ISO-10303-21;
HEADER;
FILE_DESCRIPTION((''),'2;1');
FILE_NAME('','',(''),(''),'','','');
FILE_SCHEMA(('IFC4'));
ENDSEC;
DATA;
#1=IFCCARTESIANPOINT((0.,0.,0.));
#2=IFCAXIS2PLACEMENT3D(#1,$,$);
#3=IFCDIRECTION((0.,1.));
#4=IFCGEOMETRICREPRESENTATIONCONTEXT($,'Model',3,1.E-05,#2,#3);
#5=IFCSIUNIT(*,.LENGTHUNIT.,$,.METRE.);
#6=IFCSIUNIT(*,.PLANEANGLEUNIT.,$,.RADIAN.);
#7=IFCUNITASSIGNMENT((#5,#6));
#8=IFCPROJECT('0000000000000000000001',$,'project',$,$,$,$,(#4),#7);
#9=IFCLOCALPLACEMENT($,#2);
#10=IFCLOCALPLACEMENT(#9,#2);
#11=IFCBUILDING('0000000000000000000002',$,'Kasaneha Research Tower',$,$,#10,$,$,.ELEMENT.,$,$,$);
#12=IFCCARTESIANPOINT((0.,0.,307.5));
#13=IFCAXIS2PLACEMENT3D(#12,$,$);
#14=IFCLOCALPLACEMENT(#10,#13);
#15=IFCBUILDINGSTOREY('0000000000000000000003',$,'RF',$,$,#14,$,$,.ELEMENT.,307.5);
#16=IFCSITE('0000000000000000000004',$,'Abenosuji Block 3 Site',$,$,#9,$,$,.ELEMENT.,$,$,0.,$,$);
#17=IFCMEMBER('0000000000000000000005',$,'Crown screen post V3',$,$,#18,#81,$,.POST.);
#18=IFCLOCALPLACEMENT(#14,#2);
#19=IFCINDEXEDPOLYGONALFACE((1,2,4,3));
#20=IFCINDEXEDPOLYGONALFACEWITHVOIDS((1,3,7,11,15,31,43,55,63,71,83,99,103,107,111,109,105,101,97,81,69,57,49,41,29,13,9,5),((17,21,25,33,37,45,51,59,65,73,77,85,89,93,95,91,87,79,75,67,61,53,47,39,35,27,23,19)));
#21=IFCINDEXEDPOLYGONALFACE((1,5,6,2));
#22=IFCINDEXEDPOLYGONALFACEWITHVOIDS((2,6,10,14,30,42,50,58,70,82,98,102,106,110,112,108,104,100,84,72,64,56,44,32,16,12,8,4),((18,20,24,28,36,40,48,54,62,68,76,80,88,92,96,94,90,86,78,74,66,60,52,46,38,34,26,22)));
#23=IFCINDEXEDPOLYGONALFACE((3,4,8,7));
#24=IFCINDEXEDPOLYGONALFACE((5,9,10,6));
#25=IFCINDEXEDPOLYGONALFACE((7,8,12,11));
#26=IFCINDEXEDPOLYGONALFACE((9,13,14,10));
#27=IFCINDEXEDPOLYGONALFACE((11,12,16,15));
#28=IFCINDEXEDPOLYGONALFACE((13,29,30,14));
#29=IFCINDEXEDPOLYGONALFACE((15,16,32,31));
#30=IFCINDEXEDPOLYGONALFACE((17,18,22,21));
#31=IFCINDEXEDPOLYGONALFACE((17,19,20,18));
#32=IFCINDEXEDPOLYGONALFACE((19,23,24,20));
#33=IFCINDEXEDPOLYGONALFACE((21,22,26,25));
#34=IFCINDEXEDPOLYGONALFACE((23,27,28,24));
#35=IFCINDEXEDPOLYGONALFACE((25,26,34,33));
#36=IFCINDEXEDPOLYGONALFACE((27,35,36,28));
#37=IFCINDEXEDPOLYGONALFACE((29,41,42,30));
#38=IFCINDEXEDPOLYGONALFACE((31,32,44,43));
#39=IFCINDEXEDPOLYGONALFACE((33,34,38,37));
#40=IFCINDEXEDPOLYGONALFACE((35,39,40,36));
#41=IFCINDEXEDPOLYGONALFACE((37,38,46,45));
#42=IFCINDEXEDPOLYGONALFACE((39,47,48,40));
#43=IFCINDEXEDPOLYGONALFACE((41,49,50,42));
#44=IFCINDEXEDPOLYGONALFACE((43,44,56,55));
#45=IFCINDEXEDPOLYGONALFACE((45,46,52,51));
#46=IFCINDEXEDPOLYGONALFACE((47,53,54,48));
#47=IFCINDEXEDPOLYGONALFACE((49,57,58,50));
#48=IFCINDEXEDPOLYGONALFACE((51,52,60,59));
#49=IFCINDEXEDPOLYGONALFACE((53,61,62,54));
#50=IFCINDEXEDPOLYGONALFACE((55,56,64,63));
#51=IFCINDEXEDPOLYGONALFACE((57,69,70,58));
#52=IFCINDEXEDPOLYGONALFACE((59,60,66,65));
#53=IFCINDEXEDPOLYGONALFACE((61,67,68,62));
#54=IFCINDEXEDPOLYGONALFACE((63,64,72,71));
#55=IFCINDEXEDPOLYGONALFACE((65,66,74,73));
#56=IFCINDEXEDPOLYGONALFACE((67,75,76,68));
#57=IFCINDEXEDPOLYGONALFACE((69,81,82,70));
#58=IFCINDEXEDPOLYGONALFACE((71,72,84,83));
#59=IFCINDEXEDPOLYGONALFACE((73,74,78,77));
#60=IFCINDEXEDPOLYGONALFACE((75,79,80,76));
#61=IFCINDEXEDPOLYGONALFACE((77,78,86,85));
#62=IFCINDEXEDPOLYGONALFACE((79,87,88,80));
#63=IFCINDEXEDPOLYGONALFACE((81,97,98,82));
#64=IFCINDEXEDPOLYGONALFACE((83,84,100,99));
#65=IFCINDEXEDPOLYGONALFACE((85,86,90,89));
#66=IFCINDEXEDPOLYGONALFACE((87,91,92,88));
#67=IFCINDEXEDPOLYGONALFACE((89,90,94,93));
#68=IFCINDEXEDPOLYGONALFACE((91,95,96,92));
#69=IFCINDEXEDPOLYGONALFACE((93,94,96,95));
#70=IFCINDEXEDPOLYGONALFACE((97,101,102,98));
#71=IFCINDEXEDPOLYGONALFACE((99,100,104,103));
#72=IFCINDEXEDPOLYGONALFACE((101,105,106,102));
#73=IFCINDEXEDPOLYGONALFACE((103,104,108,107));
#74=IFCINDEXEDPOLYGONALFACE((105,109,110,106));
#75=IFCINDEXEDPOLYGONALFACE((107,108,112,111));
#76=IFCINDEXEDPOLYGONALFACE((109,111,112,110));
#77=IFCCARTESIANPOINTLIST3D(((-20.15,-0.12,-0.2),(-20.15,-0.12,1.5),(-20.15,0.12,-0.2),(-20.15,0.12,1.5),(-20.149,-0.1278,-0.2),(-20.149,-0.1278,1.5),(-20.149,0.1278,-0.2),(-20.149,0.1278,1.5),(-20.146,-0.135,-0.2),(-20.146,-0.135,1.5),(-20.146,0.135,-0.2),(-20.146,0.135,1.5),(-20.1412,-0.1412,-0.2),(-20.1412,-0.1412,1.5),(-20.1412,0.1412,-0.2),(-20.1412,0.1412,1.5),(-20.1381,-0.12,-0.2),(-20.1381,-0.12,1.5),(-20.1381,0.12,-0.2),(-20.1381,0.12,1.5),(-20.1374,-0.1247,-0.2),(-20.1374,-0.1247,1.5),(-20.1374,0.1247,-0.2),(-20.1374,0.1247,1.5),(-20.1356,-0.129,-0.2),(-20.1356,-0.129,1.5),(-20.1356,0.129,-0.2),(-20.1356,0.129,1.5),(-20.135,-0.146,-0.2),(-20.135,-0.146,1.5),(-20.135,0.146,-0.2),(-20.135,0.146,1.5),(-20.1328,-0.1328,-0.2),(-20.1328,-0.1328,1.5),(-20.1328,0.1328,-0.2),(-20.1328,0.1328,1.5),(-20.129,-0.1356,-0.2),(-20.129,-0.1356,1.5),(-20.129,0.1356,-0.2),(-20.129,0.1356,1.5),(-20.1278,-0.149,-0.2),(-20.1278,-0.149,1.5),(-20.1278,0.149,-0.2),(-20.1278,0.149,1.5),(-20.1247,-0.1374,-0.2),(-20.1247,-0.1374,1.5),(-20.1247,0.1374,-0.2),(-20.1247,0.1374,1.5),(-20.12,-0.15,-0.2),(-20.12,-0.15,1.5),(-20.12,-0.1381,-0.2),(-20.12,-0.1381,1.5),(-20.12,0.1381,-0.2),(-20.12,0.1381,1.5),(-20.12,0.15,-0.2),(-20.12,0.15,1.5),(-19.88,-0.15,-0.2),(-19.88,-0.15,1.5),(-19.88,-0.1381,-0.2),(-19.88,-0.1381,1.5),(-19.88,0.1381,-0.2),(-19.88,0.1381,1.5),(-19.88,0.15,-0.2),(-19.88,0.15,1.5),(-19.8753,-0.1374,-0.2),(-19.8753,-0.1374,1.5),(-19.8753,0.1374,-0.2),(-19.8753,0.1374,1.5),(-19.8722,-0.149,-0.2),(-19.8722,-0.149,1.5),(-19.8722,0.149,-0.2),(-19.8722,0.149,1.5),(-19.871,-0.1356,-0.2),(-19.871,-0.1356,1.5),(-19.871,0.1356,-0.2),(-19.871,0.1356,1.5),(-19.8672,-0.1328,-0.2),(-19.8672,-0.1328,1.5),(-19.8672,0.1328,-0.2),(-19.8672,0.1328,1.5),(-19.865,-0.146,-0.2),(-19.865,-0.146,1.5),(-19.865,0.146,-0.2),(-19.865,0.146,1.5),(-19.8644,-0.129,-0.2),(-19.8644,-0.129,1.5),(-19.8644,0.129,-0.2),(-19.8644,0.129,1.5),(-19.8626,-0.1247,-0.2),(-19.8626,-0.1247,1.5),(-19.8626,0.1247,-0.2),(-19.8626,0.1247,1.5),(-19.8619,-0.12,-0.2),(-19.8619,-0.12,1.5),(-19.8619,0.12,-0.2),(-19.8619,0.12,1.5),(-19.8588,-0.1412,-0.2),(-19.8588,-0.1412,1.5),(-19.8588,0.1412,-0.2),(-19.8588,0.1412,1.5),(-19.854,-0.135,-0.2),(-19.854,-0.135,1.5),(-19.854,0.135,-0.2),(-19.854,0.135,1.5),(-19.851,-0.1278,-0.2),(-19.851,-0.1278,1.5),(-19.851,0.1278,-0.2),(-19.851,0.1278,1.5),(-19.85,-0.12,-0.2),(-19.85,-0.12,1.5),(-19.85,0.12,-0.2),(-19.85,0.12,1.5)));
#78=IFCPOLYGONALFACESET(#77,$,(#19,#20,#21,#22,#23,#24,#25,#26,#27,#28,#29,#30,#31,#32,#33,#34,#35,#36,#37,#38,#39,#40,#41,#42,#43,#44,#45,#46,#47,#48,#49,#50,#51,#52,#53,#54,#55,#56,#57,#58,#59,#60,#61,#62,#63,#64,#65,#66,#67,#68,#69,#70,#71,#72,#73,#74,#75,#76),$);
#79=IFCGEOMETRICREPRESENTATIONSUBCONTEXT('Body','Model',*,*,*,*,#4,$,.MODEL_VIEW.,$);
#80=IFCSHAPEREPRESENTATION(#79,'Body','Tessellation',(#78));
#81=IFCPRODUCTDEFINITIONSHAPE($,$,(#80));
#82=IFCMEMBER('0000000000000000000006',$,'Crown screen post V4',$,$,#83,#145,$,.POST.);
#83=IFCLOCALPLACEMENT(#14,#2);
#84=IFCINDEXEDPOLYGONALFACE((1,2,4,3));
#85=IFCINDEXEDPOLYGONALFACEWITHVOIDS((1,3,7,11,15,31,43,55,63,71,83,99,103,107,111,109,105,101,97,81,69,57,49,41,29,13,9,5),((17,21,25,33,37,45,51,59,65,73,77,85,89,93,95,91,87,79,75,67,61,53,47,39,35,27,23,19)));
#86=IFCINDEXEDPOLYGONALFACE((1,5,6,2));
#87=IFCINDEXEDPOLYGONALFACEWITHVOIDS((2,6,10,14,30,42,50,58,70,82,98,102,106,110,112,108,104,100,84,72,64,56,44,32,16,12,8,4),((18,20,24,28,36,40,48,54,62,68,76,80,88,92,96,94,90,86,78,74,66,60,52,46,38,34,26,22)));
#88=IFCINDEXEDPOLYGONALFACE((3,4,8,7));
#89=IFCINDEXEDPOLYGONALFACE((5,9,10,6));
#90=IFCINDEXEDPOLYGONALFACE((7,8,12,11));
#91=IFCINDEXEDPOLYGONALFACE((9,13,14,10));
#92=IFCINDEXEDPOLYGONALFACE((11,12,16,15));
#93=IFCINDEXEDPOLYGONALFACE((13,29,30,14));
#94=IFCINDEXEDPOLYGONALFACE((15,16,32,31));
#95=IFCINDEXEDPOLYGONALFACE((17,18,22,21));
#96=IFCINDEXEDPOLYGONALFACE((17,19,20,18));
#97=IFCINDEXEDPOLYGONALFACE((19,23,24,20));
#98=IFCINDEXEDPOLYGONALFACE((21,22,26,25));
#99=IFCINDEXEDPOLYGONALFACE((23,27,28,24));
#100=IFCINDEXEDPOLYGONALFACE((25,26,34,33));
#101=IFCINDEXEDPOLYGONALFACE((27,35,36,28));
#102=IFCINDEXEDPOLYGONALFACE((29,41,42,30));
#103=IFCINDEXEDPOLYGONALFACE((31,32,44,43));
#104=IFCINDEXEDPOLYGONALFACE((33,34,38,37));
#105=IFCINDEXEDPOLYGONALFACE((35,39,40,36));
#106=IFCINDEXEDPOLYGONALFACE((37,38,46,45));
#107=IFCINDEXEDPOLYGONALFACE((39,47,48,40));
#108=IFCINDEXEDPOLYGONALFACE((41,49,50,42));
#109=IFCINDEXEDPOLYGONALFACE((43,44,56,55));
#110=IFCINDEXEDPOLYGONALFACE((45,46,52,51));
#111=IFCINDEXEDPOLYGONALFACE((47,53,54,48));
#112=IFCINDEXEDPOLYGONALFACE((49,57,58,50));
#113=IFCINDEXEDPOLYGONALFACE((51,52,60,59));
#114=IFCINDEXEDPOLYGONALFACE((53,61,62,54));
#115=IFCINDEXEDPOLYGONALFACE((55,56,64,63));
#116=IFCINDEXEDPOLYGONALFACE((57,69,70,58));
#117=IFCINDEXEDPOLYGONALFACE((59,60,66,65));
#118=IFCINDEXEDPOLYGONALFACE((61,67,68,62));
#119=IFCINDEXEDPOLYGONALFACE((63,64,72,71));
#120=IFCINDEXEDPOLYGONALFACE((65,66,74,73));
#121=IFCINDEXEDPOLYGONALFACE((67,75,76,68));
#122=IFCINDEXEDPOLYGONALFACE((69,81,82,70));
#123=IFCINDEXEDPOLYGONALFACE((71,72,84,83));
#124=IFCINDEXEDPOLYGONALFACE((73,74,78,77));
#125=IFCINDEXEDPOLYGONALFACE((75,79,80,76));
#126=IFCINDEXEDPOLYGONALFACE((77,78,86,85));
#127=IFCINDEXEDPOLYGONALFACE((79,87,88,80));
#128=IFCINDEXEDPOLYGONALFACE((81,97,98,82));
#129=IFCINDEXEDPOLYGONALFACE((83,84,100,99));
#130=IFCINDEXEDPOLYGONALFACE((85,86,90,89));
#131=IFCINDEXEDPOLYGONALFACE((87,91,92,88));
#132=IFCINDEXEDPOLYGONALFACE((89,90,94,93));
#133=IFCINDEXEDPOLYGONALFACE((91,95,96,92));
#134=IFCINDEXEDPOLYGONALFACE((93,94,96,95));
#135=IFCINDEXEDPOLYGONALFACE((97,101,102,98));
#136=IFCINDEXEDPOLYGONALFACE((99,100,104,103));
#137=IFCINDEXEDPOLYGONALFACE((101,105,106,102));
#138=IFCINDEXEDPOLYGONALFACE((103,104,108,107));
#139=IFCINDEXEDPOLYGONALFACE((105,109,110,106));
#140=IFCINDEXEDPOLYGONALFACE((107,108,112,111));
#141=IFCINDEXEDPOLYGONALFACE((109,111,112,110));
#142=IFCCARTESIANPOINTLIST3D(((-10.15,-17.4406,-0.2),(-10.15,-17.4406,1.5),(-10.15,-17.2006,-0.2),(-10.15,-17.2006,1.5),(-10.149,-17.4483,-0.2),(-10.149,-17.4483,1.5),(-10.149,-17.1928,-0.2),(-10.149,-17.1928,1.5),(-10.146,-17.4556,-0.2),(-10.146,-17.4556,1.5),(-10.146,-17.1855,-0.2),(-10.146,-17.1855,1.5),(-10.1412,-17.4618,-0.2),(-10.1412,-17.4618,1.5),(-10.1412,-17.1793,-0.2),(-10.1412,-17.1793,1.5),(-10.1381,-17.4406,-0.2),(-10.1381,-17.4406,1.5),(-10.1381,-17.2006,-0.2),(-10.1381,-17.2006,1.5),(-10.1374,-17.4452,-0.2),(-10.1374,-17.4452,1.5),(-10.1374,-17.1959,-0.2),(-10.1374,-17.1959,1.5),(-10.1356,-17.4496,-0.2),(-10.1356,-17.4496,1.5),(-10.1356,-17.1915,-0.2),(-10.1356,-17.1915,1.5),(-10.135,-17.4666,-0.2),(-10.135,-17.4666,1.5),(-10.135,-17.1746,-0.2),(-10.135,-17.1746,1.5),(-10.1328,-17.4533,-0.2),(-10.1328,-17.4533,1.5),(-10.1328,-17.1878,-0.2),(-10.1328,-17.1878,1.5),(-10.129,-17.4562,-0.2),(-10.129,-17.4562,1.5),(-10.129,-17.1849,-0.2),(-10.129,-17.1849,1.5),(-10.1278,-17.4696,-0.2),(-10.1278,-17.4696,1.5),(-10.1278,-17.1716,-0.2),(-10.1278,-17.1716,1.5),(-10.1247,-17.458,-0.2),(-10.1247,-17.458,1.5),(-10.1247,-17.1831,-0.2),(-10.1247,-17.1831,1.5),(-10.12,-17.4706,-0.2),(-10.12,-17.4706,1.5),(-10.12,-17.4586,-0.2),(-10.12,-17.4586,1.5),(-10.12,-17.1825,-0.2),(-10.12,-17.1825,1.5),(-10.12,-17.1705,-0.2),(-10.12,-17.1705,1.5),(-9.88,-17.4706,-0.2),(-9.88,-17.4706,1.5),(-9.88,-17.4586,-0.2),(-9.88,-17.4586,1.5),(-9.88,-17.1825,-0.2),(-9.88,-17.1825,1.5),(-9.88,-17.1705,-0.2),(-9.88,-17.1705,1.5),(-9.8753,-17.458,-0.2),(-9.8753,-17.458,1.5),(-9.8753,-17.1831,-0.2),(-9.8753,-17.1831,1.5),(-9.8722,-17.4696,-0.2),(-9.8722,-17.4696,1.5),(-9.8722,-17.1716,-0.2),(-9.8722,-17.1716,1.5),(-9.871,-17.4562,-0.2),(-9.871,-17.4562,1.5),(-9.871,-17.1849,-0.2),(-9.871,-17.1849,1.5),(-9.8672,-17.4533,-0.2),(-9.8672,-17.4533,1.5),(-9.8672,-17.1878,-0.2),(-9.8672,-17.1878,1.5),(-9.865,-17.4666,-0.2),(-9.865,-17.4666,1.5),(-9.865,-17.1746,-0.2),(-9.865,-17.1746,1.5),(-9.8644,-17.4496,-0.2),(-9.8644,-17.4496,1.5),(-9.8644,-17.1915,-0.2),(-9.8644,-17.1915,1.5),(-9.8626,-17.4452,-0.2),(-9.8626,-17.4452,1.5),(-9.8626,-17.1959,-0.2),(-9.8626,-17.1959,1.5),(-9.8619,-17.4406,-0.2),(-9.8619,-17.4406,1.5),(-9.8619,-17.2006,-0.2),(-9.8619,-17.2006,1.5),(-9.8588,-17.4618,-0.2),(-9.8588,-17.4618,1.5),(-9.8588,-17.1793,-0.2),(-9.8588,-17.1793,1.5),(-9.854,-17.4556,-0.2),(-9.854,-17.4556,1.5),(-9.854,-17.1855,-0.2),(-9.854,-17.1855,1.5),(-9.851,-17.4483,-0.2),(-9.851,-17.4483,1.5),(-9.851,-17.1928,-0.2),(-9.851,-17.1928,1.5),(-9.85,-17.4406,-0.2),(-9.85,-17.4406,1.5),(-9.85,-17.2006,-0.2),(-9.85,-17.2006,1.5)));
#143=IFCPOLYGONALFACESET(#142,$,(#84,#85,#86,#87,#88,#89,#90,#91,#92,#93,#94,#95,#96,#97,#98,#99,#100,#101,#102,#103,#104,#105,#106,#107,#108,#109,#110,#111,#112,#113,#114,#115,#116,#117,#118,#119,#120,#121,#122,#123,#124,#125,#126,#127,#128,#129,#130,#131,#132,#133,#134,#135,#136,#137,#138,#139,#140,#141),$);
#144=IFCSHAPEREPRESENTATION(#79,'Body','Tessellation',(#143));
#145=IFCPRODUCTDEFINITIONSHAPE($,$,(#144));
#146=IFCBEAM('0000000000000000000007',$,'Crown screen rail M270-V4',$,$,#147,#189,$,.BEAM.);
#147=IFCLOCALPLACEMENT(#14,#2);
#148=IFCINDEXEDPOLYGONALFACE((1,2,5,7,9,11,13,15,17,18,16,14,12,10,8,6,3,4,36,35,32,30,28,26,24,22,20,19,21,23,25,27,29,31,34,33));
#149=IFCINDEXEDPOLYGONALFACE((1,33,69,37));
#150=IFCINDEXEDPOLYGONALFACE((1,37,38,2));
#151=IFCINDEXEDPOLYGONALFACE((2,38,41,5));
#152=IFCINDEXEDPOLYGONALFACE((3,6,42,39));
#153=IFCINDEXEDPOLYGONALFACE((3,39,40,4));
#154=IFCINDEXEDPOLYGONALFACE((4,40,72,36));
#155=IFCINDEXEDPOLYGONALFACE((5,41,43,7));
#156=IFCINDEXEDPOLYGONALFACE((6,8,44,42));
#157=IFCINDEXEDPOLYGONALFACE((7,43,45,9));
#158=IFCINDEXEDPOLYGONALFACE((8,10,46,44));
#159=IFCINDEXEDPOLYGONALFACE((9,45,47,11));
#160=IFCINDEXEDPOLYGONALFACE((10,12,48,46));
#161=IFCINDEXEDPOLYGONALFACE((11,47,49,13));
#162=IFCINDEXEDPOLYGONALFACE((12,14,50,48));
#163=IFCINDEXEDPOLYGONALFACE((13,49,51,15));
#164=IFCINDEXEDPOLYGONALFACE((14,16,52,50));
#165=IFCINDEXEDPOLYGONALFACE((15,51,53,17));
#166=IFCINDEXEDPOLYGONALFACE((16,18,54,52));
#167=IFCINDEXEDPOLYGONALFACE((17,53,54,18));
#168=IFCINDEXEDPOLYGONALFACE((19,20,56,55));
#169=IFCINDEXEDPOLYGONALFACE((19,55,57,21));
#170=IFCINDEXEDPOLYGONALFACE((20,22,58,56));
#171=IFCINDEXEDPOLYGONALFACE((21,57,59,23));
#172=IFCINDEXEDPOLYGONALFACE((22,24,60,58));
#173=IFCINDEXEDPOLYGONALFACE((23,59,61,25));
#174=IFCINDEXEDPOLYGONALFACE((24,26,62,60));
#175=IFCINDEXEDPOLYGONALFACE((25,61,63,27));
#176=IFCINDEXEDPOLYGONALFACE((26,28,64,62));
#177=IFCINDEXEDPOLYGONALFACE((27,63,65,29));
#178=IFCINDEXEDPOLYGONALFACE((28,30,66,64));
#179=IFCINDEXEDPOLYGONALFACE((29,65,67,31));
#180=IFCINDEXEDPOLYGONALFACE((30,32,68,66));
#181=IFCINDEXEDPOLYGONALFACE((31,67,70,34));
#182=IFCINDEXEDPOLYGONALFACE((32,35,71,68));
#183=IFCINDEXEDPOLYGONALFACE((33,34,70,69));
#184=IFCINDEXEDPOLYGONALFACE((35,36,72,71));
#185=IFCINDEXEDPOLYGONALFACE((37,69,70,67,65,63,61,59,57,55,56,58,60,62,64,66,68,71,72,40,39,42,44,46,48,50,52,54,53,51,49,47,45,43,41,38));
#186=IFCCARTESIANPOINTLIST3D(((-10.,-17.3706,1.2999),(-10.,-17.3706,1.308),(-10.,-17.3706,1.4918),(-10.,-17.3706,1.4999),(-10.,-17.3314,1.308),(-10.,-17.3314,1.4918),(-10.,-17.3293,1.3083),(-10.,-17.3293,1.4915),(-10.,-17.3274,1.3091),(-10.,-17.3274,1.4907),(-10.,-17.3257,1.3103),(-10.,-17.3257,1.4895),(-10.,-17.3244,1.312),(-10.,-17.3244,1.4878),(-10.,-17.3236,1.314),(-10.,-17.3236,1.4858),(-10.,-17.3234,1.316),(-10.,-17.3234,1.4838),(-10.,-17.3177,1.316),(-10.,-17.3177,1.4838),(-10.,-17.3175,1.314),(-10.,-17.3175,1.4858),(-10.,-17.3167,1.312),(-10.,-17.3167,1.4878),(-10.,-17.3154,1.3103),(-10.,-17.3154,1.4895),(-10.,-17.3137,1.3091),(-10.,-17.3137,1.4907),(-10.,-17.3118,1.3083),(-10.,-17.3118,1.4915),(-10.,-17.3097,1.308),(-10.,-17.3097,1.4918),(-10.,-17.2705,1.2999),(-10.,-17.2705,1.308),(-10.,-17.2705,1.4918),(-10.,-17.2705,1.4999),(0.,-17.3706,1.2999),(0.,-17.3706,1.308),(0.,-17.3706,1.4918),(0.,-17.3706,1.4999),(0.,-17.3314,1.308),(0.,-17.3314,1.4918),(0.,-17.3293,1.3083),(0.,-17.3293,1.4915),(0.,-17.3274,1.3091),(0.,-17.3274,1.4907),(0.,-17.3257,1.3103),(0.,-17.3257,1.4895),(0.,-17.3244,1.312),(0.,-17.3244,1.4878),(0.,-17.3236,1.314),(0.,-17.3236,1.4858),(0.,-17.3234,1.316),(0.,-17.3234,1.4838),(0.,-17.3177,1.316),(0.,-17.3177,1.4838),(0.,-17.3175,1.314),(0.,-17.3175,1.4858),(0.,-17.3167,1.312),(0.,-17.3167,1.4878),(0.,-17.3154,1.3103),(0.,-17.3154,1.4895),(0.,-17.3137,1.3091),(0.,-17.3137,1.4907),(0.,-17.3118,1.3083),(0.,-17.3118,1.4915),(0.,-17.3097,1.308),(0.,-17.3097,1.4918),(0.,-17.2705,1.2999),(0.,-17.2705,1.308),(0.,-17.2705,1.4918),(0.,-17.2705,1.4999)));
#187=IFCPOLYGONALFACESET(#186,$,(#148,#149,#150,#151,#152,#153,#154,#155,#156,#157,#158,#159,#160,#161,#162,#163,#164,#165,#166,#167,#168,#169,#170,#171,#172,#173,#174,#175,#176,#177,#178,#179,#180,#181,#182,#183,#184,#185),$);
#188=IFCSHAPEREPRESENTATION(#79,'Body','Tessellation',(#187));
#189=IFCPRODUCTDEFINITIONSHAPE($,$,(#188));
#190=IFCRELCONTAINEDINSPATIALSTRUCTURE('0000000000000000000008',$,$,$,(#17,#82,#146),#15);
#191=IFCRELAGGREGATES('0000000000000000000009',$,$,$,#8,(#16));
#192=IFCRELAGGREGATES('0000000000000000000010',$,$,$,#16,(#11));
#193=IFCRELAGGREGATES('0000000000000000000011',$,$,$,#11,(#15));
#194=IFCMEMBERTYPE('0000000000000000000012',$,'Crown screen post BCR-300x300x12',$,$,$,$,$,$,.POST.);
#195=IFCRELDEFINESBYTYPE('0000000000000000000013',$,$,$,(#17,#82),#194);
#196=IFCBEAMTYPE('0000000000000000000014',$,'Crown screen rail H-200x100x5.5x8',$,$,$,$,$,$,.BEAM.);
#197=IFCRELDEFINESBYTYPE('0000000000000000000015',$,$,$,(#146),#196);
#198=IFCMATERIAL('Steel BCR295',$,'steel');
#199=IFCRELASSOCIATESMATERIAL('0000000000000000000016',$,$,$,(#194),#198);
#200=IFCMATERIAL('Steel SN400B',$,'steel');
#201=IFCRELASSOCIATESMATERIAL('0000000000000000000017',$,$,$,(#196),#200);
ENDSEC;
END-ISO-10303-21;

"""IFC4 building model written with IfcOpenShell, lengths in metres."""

from ifc_helpers import new_model, si_unit, direction, frame, origin, origin_2d, place, context, subcontext, project, spatial, hollow_rectangle, i_section, extrude, material, material_profile, profile_set, type_object, element, save


model = new_model("IFC4")

# Units and contexts
model_context = context("Model", 3, precision=1e-05, world=origin(), true_north=direction((0.0, 1.0)))
body_context = subcontext(model_context, "Body", "Model", "MODEL_VIEW")
ifc_project = project(units=[si_unit("LENGTHUNIT", "METRE"), si_unit("PLANEANGLEUNIT", "RADIAN")], contexts=[model_context])

# Site, building, storey
site_placement = place(None, origin())
site = spatial("IfcSite", under=ifc_project, at=site_placement, Name="Abenosuji Block 3 Site", CompositionType="ELEMENT", RefElevation=0.0)
building_placement = place(site_placement, origin())
building = spatial("IfcBuilding", under=site, at=building_placement, Name="Kasaneha Research Tower", CompositionType="ELEMENT")
storey_placement = place(building_placement, frame((0.0, 0.0, 307.5)))
storey = spatial("IfcBuildingStorey", under=building, at=storey_placement, Name="RF", CompositionType="ELEMENT", Elevation=307.5)

# Members
ifc_material_1 = material(Name="Steel BCR295", Category="steel")
ifc_material_profile_1 = material_profile(ifc_material_1, hollow_rectangle(XDim=0.3, YDim=0.3, WallThickness=0.012, InnerFilletRadius=0.0181, OuterFilletRadius=0.03, at=origin_2d()), Name="BCR-300x300x12")
ifc_profile_set_1 = profile_set([ifc_material_profile_1], Name="Steel BCR295")
member_type = type_object("IfcMemberType", Name="Crown screen post BCR-300x300x12", PredefinedType="POST", material=ifc_profile_set_1)
for number, where, z_axis, x_axis, name in (
    (1, (-20.0, 0.0, -0.2), (0.0, 0.0, 1.0), (1.0, 0.0, 0.0), "Crown screen post V3"),
    (2, (-10.0, -17.3206, -0.2), (0.0, 0.0, 1.0), (1.0, 0.0, 0.0), "Crown screen post V4"),
):
    element("IfcMember", number, at=place(storey_placement, frame(where, z_axis=z_axis, x_axis=x_axis)), inside=storey, type_object=member_type, Name=name, PredefinedType="POST", context=body_context, shape_type="SweptSolid", body=[
        extrude(hollow_rectangle(XDim=0.3, YDim=0.3, WallThickness=0.012, InnerFilletRadius=0.0181, OuterFilletRadius=0.03, at=origin_2d()), origin(), (0.0, 0.0, 1.0), 1.7),
    ])

# Beam
ifc_material_2 = material(Name="Steel SN400B", Category="steel")
ifc_material_profile_2 = material_profile(ifc_material_2, i_section(OverallWidth=0.1001, OverallDepth=0.2, WebThickness=0.0056, FlangeThickness=0.0081, FilletRadius=0.0081, at=origin_2d()), Name="H-200x100x5.5x8")
ifc_profile_set_2 = profile_set([ifc_material_profile_2], Name="Steel SN400B")
beam_type_1 = type_object("IfcBeamType", Name="Crown screen rail H-200x100x5.5x8", PredefinedType="BEAM", material=ifc_profile_set_2)
for number, where, z_axis, x_axis, name in (
    (3, (0.0, -17.3206, 1.3999), (-1.0, 0.0, 0.0), (0.0, -1.0, 0.0), "Crown screen rail M270-V4"),
):
    element("IfcBeam", number, at=place(storey_placement, frame(where, z_axis=z_axis, x_axis=x_axis)), inside=storey, type_object=beam_type_1, Name=name, PredefinedType="BEAM", context=body_context, shape_type="SweptSolid", body=[
        extrude(i_section(OverallWidth=0.1001, OverallDepth=0.2, WebThickness=0.0056, FlangeThickness=0.0081, FilletRadius=0.0081, at=origin_2d()), origin(), (0.0, 0.0, 1.0), 10.0),
    ])

save(model, "model.ifc")
